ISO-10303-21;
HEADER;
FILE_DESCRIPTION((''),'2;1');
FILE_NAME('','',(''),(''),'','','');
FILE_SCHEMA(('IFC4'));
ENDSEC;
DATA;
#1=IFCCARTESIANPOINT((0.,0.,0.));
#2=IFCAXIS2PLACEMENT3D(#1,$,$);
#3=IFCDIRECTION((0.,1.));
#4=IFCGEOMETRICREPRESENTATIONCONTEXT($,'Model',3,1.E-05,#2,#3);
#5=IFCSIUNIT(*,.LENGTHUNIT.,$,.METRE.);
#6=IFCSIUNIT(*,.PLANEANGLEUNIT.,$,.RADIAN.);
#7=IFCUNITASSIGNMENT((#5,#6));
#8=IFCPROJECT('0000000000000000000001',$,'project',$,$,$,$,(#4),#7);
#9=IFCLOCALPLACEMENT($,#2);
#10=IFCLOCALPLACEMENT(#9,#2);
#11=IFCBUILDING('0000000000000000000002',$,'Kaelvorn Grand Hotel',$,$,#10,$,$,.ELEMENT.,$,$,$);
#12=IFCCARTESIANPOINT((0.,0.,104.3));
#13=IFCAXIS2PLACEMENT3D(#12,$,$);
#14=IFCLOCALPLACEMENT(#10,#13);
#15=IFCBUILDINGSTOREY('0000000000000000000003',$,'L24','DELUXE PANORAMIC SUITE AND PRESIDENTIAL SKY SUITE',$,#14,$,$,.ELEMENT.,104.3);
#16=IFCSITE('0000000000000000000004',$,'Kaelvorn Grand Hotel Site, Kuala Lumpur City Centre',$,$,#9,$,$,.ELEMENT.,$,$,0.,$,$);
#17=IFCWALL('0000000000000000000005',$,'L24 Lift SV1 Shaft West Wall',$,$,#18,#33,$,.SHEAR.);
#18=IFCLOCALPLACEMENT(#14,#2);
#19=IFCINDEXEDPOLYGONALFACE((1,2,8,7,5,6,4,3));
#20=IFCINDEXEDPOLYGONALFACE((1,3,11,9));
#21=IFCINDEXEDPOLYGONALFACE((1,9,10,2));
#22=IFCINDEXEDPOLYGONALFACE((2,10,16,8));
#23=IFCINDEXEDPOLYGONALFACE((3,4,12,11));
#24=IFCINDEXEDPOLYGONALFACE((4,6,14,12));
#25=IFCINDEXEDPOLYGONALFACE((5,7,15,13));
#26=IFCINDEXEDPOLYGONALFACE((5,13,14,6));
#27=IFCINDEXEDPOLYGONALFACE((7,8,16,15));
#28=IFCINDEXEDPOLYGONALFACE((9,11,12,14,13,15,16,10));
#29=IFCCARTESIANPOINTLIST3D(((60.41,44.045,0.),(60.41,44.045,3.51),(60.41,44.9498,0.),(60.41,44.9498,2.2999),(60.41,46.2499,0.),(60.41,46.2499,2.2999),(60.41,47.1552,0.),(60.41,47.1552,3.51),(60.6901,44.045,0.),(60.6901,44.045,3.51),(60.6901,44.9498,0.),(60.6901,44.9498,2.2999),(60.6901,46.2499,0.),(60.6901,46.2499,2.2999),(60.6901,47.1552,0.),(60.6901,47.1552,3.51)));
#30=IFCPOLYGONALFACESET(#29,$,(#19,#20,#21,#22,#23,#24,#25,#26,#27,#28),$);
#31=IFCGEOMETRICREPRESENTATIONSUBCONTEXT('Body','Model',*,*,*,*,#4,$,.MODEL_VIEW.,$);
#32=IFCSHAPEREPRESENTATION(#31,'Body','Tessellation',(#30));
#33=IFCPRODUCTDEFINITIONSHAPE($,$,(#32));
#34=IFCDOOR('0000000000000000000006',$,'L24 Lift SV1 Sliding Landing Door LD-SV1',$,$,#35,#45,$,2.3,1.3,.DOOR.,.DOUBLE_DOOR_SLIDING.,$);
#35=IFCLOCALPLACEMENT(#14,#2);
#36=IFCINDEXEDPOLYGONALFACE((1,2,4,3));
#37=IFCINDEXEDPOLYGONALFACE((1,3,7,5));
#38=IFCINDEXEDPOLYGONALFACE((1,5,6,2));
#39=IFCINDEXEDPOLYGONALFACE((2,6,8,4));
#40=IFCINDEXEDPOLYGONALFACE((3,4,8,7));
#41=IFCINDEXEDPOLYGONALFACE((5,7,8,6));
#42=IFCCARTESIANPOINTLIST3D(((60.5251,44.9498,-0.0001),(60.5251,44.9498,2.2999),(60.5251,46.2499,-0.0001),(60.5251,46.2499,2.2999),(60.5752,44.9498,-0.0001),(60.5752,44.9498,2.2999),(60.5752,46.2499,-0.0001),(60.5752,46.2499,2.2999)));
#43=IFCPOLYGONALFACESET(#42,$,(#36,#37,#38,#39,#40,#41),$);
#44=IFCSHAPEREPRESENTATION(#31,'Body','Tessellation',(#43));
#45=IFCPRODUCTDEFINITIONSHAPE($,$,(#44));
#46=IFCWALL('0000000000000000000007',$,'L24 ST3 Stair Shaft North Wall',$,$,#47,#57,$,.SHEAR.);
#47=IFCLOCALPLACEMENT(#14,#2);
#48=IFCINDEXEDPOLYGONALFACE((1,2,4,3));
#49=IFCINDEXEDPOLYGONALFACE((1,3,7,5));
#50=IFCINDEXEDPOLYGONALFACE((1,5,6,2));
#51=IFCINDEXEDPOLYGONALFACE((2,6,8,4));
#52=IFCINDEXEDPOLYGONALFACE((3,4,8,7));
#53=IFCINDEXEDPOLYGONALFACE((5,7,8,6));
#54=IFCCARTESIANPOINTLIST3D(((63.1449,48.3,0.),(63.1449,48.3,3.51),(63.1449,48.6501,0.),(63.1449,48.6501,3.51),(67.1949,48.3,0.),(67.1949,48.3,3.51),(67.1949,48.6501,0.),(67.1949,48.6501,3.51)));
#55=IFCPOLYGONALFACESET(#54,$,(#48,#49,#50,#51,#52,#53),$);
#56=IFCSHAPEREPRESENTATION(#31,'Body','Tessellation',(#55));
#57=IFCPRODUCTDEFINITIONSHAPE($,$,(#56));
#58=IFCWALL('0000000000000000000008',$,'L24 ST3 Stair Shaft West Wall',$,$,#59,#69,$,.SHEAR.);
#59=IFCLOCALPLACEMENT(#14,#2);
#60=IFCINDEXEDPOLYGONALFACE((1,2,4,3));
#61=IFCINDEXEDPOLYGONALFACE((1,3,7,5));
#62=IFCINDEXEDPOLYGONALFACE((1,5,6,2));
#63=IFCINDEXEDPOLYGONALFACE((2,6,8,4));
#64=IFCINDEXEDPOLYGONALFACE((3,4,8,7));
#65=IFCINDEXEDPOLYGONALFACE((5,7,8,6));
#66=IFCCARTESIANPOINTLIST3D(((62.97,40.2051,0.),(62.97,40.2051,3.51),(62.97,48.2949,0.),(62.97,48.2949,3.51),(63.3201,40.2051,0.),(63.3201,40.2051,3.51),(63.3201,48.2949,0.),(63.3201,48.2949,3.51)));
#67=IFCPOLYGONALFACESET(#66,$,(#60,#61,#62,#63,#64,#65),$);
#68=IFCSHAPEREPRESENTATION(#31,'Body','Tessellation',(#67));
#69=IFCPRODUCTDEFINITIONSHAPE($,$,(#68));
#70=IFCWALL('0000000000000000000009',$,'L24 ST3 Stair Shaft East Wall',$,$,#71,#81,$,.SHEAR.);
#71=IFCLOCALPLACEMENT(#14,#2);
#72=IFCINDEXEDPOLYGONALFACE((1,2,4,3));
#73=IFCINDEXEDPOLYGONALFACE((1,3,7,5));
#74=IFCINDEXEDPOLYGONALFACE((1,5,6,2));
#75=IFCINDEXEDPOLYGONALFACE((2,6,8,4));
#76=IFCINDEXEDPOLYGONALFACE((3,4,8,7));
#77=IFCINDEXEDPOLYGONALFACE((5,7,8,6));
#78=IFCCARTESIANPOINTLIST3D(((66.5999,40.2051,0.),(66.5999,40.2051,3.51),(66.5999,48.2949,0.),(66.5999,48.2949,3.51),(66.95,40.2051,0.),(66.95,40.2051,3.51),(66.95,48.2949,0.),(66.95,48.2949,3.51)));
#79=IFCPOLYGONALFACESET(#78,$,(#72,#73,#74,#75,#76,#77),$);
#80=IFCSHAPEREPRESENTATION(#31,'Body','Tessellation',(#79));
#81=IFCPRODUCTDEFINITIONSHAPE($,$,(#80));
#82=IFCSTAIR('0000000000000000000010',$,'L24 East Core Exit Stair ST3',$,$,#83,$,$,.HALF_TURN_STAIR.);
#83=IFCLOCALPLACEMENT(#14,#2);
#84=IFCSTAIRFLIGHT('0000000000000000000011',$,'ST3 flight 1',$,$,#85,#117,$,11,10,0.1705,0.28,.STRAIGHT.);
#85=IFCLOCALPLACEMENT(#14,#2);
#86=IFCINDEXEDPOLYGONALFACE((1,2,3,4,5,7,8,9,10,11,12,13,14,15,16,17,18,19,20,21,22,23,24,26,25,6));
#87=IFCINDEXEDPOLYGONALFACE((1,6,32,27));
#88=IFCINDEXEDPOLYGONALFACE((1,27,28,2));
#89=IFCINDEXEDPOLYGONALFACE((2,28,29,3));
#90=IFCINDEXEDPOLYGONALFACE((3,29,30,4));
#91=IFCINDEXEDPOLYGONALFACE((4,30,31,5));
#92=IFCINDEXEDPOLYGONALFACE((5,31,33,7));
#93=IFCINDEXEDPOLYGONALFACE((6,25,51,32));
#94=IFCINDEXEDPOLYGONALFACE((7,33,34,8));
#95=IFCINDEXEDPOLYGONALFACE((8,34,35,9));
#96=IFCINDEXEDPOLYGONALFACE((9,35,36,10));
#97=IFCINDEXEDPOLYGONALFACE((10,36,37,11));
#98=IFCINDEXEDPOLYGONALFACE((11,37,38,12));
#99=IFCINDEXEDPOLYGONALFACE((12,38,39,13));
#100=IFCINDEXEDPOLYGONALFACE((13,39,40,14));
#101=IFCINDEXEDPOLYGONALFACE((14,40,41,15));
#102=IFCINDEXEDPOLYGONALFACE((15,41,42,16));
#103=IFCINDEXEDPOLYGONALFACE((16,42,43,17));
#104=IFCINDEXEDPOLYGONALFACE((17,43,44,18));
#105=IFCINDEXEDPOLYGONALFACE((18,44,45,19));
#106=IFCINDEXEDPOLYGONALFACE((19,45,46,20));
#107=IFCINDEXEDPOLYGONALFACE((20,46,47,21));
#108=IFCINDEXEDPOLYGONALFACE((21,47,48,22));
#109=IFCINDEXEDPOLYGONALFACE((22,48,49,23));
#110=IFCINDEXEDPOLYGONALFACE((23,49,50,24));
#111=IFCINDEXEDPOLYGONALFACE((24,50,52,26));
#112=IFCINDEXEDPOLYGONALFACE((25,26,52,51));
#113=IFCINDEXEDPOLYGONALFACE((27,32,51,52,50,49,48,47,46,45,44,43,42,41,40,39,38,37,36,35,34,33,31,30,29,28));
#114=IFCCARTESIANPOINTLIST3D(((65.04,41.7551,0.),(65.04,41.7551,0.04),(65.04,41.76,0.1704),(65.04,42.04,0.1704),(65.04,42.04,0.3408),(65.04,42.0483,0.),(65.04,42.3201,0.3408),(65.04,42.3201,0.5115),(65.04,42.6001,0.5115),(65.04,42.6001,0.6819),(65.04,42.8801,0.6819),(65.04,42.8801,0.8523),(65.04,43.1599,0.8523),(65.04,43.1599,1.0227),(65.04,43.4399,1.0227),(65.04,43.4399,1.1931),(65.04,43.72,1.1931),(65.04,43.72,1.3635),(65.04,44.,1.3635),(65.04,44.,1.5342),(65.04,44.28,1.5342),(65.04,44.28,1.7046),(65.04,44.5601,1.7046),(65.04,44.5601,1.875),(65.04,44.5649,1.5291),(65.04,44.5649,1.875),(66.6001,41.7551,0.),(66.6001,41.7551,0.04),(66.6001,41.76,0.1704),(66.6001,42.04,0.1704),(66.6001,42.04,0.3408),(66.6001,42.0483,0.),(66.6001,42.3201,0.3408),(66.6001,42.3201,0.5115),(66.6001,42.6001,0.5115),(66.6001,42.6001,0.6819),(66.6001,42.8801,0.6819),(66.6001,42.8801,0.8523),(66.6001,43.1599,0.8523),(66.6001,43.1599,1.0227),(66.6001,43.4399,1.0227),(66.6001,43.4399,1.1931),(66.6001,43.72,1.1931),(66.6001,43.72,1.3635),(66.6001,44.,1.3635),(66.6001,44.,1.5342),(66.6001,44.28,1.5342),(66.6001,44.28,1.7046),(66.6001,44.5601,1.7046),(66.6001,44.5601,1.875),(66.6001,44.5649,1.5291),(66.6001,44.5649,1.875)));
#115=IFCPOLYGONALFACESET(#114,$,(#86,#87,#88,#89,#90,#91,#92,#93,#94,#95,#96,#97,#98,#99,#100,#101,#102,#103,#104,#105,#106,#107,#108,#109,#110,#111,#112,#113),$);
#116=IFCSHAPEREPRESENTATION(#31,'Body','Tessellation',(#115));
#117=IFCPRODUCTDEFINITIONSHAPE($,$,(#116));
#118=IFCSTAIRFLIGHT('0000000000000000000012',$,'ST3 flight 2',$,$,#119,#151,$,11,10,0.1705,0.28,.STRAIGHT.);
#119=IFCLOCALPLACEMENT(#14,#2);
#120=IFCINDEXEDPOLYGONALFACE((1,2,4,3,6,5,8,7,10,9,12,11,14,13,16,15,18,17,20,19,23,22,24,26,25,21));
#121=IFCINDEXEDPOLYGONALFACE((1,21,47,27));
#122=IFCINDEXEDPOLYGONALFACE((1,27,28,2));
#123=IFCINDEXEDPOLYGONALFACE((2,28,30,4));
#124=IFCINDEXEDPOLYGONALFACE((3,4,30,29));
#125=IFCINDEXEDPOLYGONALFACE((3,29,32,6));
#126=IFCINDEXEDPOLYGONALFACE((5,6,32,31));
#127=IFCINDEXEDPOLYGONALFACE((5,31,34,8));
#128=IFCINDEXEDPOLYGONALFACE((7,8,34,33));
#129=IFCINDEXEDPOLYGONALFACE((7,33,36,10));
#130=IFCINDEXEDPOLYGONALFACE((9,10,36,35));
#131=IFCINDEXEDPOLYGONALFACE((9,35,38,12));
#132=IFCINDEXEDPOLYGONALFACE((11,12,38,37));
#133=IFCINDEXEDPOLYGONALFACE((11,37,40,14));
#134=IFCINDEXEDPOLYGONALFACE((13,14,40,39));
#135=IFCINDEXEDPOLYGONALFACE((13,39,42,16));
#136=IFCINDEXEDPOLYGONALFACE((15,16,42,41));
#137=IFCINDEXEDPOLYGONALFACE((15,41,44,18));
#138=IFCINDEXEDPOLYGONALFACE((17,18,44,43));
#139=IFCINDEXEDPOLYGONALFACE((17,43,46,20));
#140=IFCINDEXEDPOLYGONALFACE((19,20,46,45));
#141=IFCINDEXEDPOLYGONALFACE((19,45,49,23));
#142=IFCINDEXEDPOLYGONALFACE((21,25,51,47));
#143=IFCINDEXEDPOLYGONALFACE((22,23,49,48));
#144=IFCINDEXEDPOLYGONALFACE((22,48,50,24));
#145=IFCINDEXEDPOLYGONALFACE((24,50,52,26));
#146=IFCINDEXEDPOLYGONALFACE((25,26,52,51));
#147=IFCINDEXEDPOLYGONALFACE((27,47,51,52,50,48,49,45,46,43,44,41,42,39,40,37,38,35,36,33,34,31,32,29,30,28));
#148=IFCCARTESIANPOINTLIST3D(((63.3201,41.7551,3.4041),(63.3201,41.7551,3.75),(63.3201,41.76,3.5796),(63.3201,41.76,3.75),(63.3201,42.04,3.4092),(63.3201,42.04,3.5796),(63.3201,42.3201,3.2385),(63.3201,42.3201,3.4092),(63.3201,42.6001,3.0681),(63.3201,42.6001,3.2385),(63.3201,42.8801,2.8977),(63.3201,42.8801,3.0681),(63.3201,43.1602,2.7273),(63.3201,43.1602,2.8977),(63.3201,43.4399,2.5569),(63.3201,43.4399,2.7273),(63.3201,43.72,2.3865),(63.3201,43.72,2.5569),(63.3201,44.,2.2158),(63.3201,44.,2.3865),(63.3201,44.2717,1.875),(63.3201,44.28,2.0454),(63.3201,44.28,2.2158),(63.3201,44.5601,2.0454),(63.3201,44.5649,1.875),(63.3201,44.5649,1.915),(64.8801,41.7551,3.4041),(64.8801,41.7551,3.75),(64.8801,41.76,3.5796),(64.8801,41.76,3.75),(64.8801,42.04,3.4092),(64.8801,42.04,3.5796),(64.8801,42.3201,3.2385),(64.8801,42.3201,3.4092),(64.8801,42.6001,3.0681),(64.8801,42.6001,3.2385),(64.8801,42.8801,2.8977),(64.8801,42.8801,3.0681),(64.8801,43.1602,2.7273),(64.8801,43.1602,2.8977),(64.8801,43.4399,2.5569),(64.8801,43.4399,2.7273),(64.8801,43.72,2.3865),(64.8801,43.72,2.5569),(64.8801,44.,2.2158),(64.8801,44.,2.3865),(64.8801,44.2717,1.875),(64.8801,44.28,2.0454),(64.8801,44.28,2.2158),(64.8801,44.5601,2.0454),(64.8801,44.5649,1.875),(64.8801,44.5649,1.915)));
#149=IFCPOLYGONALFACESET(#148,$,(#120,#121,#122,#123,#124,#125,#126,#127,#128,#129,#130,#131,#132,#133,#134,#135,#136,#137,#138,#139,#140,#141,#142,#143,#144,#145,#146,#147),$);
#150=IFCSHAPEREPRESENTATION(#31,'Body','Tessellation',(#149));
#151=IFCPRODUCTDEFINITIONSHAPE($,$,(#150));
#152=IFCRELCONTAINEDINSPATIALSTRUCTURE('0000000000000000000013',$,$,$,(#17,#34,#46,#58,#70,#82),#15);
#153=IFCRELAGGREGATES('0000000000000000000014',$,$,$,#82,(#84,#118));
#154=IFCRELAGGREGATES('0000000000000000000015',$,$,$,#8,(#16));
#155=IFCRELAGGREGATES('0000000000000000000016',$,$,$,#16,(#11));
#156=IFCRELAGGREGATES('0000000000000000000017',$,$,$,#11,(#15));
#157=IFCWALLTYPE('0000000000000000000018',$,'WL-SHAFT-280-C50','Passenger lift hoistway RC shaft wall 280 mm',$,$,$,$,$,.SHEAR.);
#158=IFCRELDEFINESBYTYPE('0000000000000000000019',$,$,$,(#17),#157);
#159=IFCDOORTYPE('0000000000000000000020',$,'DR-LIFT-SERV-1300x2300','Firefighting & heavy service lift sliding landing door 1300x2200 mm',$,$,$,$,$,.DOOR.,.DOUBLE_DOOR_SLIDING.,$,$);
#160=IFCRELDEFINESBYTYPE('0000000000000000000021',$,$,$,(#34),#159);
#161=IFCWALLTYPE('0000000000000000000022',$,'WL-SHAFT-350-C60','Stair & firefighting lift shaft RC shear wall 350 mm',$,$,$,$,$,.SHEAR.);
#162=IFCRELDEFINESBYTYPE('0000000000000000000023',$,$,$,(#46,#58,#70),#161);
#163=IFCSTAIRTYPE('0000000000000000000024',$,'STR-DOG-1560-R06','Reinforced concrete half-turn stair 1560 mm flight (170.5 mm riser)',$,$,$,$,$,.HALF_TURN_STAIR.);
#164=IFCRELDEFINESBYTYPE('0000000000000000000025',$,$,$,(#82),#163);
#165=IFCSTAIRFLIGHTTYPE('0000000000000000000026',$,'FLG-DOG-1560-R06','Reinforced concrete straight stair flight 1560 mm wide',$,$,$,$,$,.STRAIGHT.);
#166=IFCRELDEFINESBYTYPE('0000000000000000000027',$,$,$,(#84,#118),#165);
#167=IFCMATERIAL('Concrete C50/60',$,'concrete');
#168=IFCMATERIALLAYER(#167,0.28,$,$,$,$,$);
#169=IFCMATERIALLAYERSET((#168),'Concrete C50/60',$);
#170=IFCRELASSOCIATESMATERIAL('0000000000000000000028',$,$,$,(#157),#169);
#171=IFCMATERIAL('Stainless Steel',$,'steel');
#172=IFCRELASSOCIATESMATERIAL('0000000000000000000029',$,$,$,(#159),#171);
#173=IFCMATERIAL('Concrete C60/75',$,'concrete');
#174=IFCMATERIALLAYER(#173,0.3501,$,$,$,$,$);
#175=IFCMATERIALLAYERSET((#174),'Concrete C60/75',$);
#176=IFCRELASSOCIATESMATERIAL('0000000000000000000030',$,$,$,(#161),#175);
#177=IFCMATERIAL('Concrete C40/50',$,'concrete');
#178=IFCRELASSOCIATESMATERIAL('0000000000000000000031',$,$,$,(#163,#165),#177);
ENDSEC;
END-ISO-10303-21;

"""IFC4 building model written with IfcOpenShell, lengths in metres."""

from ifc_helpers import new_model, si_unit, direction, frame, frame_2d, origin, place, context, subcontext, project, spatial, polyline, rectangle, outline, extrude, material, layer, layer_set, type_object, element, fill, aggregate, save


model = new_model("IFC4")

# Units and contexts
model_context = context("Model", 3, precision=1e-05, world=origin(), true_north=direction((0.0, 1.0)))
body_context = subcontext(model_context, "Body", "Model", "MODEL_VIEW")
ifc_project = project(units=[si_unit("LENGTHUNIT", "METRE"), si_unit("PLANEANGLEUNIT", "RADIAN")], contexts=[model_context])

# Site, building, storey
site_placement = place(None, origin())
site = spatial("IfcSite", under=ifc_project, at=site_placement, Name="Kaelvorn Grand Hotel Site, Kuala Lumpur City Centre", CompositionType="ELEMENT", RefElevation=0.0)
building_placement = place(site_placement, origin())
building = spatial("IfcBuilding", under=site, at=building_placement, Name="Kaelvorn Grand Hotel", CompositionType="ELEMENT")
storey_placement = place(building_placement, frame((0.0, 0.0, 104.3)))
storey = spatial("IfcBuildingStorey", under=building, at=storey_placement, Name="L24", Description="DELUXE PANORAMIC SUITE AND PRESIDENTIAL SKY SUITE", CompositionType="ELEMENT", Elevation=104.3)

# Shared definitions
ifc_material_1 = material(Name="Concrete C60/75", Category="concrete")

# Shared definitions
ifc_material_2 = material(Name="Concrete C40/50", Category="concrete")
ifc_material_3 = material(Name="Concrete C50/60", Category="concrete")
ifc_layer_1 = layer(ifc_material_3, 0.28)
ifc_layer_set_1 = layer_set([ifc_layer_1], Name="Concrete C50/60")
wall_type_1 = type_object("IfcWallType", Name="WL-SHAFT-280-C50", Description="Passenger lift hoistway RC shaft wall 280 mm", PredefinedType="SHEAR", material=ifc_layer_set_1)

# Wall, opening, door
wall_1_placement = place(storey_placement, frame((60.55, 44.0449, 0.0), z_axis=(0.0, 0.0, 1.0), x_axis=(0.0, 1.0, 0.0)))
wall_1 = element("IfcWall", 1, at=wall_1_placement, inside=storey, type_object=wall_type_1, Name="L24 Lift SV1 Shaft West Wall", PredefinedType="SHEAR", context=body_context, shape_type="SweptSolid", body=[
    extrude(rectangle(XDim=3.1101, YDim=0.28, at=frame_2d((1.5552, 0.0))), origin(), (0.0, 0.0, 1.0), 3.51),
])
opening_1_placement = place(wall_1_placement, frame((0.905, 0.0, 0.0)))
opening_1 = element("IfcOpeningElement", 2, at=opening_1_placement, cuts=wall_1, PredefinedType="OPENING", context=body_context, shape_type="SweptSolid", body=[
    extrude(rectangle(XDim=1.3, YDim=2.3, at=frame_2d((0.6499, 1.1499))), frame((0.0, 0.1499, 0.0), z_axis=(0.0, -1.0, 0.0), x_axis=(1.0, 0.0, 0.0)), (0.0, 0.0, 1.0), 0.3),
])
ifc_material_4 = material(Name="Stainless Steel", Category="steel")
door_type_1 = type_object("IfcDoorType", Name="DR-LIFT-SERV-1300x2300", Description="Firefighting & heavy service lift sliding landing door 1300x2200 mm", OperationType="DOUBLE_DOOR_SLIDING", PredefinedType="DOOR", material=ifc_material_4)
door_1_placement = place(opening_1_placement, origin())
door_1 = element("IfcDoor", 3, at=door_1_placement, inside=storey, type_object=door_type_1, Name="L24 Lift SV1 Sliding Landing Door LD-SV1", OperationType="DOUBLE_DOOR_SLIDING", OverallHeight=2.3, OverallWidth=1.3, PredefinedType="DOOR", context=body_context, shape_type="SweptSolid", body=[
    extrude(rectangle(XDim=1.3, YDim=2.3, at=frame_2d((0.6499, 1.1499))), frame((0.0, 0.0249, 0.0), z_axis=(0.0, -1.0, 0.0), x_axis=(1.0, 0.0, 0.0)), (0.0, 0.0, 1.0), 0.05),
])
fill(opening_1, door_1)
ifc_layer_2 = layer(ifc_material_1, 0.3501)
ifc_layer_set_2 = layer_set([ifc_layer_2], Name="Concrete C60/75")
wall_type_2 = type_object("IfcWallType", Name="WL-SHAFT-350-C60", Description="Stair & firefighting lift shaft RC shear wall 350 mm", PredefinedType="SHEAR", material=ifc_layer_set_2)

# Walls
wall_2_placement = place(storey_placement, frame((63.145, 48.4751, 0.0), z_axis=(0.0, 0.0, 1.0), x_axis=(1.0, 0.0, 0.0)))
element("IfcWall", 4, at=wall_2_placement, inside=storey, type_object=wall_type_2, Name="L24 ST3 Stair Shaft North Wall", PredefinedType="SHEAR", context=body_context, shape_type="SweptSolid", body=[
    extrude(rectangle(XDim=4.05, YDim=0.3501, at=frame_2d((2.0249, 0.0))), origin(), (0.0, 0.0, 1.0), 3.51),
])
for number, where, z_axis, x_axis, name in (
    (5, (63.145, 40.2051, 0.0), (0.0, 0.0, 1.0), (0.0, 1.0, 0.0), "L24 ST3 Stair Shaft West Wall"),
    (6, (66.7749, 40.2051, 0.0), (0.0, 0.0, 1.0), (0.0, 1.0, 0.0), "L24 ST3 Stair Shaft East Wall"),
):
    element("IfcWall", number, at=place(storey_placement, frame(where, z_axis=z_axis, x_axis=x_axis)), inside=storey, type_object=wall_type_2, Name=name, PredefinedType="SHEAR", context=body_context, shape_type="SweptSolid", body=[
        extrude(rectangle(XDim=8.0898, YDim=0.3501, at=frame_2d((4.0449, 0.0))), origin(), (0.0, 0.0, 1.0), 3.51),
    ])

# Stair, stair flights
stair_type = type_object("IfcStairType", Name="STR-DOG-1560-R06", Description="Reinforced concrete half-turn stair 1560 mm flight (170.5 mm riser)", PredefinedType="HALF_TURN_STAIR", material=ifc_material_2)
stair_placement = place(storey_placement, origin())
stair = element("IfcStair", 7, at=stair_placement, inside=storey, type_object=stair_type, Name="L24 East Core Exit Stair ST3", PredefinedType="HALF_TURN_STAIR")
stair_flight_type = type_object("IfcStairFlightType", Name="FLG-DOG-1560-R06", Description="Reinforced concrete straight stair flight 1560 mm wide", PredefinedType="STRAIGHT", material=ifc_material_2)
stair_flight_1_placement = place(storey_placement, frame((65.8201, 41.76, 0.0), z_axis=(0.0, 0.0, 1.0), x_axis=(0.0, 1.0, 0.0)))
stair_flight_1 = element("IfcStairFlight", 8, at=stair_flight_1_placement, type_object=stair_flight_type, Name="ST3 flight 1", NumberOfRisers=11, NumberOfTreads=10, PredefinedType="STRAIGHT", RiserHeight=0.1705, TreadLength=0.28, context=body_context, shape_type="SweptSolid", body=[
    extrude(outline(polyline([(-0.0049, 0.0), (-0.0049, 0.04), (0.0, 0.1704), (0.28, 0.1704), (0.28, 0.3408), (0.5601, 0.3408), (0.5601, 0.5115), (0.8401, 0.5115), (0.8401, 0.6819), (1.1201, 0.6819), (1.1201, 0.8523), (1.3999, 0.8523), (1.3999, 1.0227), (1.6799, 1.0227), (1.6799, 1.1931), (1.96, 1.1931), (1.96, 1.3635), (2.24, 1.3635), (2.24, 1.5342), (2.52, 1.5342), (2.52, 1.7046), (2.8, 1.7046), (2.8, 1.875), (2.8049, 1.875), (2.8049, 1.5291), (0.2883, 0.0), (-0.0049, 0.0)])), frame((0.0, 0.78, 0.0), z_axis=(0.0, -1.0, 0.0), x_axis=(1.0, 0.0, 0.0)), (0.0, 0.0, 1.0), 1.5601),
])
stair_flight_2_placement = place(storey_placement, frame((64.1001, 44.5601, 1.875), z_axis=(0.0, 0.0, 1.0), x_axis=(0.0, -1.0, 0.0)))
stair_flight_2 = element("IfcStairFlight", 9, at=stair_flight_2_placement, type_object=stair_flight_type, Name="ST3 flight 2", NumberOfRisers=11, NumberOfTreads=10, PredefinedType="STRAIGHT", RiserHeight=0.1705, TreadLength=0.28, context=body_context, shape_type="SweptSolid", body=[
    extrude(outline(polyline([(-0.0049, 0.0), (-0.0049, 0.04), (0.0, 0.1704), (0.28, 0.1704), (0.28, 0.3408), (0.5601, 0.3408), (0.5601, 0.5115), (0.8401, 0.5115), (0.8401, 0.6819), (1.1201, 0.6819), (1.1201, 0.8523), (1.3999, 0.8523), (1.3999, 1.0227), (1.6799, 1.0227), (1.6799, 1.1931), (1.96, 1.1931), (1.96, 1.3635), (2.24, 1.3635), (2.24, 1.5342), (2.52, 1.5342), (2.52, 1.7046), (2.8, 1.7046), (2.8, 1.875), (2.8049, 1.875), (2.8049, 1.5291), (0.2883, 0.0), (-0.0049, 0.0)])), frame((0.0, 0.78, 0.0), z_axis=(0.0, -1.0, 0.0), x_axis=(1.0, 0.0, 0.0)), (0.0, 0.0, 1.0), 1.5601),
])
aggregate(stair, [stair_flight_1, stair_flight_2])

save(model, "model.ifc")
